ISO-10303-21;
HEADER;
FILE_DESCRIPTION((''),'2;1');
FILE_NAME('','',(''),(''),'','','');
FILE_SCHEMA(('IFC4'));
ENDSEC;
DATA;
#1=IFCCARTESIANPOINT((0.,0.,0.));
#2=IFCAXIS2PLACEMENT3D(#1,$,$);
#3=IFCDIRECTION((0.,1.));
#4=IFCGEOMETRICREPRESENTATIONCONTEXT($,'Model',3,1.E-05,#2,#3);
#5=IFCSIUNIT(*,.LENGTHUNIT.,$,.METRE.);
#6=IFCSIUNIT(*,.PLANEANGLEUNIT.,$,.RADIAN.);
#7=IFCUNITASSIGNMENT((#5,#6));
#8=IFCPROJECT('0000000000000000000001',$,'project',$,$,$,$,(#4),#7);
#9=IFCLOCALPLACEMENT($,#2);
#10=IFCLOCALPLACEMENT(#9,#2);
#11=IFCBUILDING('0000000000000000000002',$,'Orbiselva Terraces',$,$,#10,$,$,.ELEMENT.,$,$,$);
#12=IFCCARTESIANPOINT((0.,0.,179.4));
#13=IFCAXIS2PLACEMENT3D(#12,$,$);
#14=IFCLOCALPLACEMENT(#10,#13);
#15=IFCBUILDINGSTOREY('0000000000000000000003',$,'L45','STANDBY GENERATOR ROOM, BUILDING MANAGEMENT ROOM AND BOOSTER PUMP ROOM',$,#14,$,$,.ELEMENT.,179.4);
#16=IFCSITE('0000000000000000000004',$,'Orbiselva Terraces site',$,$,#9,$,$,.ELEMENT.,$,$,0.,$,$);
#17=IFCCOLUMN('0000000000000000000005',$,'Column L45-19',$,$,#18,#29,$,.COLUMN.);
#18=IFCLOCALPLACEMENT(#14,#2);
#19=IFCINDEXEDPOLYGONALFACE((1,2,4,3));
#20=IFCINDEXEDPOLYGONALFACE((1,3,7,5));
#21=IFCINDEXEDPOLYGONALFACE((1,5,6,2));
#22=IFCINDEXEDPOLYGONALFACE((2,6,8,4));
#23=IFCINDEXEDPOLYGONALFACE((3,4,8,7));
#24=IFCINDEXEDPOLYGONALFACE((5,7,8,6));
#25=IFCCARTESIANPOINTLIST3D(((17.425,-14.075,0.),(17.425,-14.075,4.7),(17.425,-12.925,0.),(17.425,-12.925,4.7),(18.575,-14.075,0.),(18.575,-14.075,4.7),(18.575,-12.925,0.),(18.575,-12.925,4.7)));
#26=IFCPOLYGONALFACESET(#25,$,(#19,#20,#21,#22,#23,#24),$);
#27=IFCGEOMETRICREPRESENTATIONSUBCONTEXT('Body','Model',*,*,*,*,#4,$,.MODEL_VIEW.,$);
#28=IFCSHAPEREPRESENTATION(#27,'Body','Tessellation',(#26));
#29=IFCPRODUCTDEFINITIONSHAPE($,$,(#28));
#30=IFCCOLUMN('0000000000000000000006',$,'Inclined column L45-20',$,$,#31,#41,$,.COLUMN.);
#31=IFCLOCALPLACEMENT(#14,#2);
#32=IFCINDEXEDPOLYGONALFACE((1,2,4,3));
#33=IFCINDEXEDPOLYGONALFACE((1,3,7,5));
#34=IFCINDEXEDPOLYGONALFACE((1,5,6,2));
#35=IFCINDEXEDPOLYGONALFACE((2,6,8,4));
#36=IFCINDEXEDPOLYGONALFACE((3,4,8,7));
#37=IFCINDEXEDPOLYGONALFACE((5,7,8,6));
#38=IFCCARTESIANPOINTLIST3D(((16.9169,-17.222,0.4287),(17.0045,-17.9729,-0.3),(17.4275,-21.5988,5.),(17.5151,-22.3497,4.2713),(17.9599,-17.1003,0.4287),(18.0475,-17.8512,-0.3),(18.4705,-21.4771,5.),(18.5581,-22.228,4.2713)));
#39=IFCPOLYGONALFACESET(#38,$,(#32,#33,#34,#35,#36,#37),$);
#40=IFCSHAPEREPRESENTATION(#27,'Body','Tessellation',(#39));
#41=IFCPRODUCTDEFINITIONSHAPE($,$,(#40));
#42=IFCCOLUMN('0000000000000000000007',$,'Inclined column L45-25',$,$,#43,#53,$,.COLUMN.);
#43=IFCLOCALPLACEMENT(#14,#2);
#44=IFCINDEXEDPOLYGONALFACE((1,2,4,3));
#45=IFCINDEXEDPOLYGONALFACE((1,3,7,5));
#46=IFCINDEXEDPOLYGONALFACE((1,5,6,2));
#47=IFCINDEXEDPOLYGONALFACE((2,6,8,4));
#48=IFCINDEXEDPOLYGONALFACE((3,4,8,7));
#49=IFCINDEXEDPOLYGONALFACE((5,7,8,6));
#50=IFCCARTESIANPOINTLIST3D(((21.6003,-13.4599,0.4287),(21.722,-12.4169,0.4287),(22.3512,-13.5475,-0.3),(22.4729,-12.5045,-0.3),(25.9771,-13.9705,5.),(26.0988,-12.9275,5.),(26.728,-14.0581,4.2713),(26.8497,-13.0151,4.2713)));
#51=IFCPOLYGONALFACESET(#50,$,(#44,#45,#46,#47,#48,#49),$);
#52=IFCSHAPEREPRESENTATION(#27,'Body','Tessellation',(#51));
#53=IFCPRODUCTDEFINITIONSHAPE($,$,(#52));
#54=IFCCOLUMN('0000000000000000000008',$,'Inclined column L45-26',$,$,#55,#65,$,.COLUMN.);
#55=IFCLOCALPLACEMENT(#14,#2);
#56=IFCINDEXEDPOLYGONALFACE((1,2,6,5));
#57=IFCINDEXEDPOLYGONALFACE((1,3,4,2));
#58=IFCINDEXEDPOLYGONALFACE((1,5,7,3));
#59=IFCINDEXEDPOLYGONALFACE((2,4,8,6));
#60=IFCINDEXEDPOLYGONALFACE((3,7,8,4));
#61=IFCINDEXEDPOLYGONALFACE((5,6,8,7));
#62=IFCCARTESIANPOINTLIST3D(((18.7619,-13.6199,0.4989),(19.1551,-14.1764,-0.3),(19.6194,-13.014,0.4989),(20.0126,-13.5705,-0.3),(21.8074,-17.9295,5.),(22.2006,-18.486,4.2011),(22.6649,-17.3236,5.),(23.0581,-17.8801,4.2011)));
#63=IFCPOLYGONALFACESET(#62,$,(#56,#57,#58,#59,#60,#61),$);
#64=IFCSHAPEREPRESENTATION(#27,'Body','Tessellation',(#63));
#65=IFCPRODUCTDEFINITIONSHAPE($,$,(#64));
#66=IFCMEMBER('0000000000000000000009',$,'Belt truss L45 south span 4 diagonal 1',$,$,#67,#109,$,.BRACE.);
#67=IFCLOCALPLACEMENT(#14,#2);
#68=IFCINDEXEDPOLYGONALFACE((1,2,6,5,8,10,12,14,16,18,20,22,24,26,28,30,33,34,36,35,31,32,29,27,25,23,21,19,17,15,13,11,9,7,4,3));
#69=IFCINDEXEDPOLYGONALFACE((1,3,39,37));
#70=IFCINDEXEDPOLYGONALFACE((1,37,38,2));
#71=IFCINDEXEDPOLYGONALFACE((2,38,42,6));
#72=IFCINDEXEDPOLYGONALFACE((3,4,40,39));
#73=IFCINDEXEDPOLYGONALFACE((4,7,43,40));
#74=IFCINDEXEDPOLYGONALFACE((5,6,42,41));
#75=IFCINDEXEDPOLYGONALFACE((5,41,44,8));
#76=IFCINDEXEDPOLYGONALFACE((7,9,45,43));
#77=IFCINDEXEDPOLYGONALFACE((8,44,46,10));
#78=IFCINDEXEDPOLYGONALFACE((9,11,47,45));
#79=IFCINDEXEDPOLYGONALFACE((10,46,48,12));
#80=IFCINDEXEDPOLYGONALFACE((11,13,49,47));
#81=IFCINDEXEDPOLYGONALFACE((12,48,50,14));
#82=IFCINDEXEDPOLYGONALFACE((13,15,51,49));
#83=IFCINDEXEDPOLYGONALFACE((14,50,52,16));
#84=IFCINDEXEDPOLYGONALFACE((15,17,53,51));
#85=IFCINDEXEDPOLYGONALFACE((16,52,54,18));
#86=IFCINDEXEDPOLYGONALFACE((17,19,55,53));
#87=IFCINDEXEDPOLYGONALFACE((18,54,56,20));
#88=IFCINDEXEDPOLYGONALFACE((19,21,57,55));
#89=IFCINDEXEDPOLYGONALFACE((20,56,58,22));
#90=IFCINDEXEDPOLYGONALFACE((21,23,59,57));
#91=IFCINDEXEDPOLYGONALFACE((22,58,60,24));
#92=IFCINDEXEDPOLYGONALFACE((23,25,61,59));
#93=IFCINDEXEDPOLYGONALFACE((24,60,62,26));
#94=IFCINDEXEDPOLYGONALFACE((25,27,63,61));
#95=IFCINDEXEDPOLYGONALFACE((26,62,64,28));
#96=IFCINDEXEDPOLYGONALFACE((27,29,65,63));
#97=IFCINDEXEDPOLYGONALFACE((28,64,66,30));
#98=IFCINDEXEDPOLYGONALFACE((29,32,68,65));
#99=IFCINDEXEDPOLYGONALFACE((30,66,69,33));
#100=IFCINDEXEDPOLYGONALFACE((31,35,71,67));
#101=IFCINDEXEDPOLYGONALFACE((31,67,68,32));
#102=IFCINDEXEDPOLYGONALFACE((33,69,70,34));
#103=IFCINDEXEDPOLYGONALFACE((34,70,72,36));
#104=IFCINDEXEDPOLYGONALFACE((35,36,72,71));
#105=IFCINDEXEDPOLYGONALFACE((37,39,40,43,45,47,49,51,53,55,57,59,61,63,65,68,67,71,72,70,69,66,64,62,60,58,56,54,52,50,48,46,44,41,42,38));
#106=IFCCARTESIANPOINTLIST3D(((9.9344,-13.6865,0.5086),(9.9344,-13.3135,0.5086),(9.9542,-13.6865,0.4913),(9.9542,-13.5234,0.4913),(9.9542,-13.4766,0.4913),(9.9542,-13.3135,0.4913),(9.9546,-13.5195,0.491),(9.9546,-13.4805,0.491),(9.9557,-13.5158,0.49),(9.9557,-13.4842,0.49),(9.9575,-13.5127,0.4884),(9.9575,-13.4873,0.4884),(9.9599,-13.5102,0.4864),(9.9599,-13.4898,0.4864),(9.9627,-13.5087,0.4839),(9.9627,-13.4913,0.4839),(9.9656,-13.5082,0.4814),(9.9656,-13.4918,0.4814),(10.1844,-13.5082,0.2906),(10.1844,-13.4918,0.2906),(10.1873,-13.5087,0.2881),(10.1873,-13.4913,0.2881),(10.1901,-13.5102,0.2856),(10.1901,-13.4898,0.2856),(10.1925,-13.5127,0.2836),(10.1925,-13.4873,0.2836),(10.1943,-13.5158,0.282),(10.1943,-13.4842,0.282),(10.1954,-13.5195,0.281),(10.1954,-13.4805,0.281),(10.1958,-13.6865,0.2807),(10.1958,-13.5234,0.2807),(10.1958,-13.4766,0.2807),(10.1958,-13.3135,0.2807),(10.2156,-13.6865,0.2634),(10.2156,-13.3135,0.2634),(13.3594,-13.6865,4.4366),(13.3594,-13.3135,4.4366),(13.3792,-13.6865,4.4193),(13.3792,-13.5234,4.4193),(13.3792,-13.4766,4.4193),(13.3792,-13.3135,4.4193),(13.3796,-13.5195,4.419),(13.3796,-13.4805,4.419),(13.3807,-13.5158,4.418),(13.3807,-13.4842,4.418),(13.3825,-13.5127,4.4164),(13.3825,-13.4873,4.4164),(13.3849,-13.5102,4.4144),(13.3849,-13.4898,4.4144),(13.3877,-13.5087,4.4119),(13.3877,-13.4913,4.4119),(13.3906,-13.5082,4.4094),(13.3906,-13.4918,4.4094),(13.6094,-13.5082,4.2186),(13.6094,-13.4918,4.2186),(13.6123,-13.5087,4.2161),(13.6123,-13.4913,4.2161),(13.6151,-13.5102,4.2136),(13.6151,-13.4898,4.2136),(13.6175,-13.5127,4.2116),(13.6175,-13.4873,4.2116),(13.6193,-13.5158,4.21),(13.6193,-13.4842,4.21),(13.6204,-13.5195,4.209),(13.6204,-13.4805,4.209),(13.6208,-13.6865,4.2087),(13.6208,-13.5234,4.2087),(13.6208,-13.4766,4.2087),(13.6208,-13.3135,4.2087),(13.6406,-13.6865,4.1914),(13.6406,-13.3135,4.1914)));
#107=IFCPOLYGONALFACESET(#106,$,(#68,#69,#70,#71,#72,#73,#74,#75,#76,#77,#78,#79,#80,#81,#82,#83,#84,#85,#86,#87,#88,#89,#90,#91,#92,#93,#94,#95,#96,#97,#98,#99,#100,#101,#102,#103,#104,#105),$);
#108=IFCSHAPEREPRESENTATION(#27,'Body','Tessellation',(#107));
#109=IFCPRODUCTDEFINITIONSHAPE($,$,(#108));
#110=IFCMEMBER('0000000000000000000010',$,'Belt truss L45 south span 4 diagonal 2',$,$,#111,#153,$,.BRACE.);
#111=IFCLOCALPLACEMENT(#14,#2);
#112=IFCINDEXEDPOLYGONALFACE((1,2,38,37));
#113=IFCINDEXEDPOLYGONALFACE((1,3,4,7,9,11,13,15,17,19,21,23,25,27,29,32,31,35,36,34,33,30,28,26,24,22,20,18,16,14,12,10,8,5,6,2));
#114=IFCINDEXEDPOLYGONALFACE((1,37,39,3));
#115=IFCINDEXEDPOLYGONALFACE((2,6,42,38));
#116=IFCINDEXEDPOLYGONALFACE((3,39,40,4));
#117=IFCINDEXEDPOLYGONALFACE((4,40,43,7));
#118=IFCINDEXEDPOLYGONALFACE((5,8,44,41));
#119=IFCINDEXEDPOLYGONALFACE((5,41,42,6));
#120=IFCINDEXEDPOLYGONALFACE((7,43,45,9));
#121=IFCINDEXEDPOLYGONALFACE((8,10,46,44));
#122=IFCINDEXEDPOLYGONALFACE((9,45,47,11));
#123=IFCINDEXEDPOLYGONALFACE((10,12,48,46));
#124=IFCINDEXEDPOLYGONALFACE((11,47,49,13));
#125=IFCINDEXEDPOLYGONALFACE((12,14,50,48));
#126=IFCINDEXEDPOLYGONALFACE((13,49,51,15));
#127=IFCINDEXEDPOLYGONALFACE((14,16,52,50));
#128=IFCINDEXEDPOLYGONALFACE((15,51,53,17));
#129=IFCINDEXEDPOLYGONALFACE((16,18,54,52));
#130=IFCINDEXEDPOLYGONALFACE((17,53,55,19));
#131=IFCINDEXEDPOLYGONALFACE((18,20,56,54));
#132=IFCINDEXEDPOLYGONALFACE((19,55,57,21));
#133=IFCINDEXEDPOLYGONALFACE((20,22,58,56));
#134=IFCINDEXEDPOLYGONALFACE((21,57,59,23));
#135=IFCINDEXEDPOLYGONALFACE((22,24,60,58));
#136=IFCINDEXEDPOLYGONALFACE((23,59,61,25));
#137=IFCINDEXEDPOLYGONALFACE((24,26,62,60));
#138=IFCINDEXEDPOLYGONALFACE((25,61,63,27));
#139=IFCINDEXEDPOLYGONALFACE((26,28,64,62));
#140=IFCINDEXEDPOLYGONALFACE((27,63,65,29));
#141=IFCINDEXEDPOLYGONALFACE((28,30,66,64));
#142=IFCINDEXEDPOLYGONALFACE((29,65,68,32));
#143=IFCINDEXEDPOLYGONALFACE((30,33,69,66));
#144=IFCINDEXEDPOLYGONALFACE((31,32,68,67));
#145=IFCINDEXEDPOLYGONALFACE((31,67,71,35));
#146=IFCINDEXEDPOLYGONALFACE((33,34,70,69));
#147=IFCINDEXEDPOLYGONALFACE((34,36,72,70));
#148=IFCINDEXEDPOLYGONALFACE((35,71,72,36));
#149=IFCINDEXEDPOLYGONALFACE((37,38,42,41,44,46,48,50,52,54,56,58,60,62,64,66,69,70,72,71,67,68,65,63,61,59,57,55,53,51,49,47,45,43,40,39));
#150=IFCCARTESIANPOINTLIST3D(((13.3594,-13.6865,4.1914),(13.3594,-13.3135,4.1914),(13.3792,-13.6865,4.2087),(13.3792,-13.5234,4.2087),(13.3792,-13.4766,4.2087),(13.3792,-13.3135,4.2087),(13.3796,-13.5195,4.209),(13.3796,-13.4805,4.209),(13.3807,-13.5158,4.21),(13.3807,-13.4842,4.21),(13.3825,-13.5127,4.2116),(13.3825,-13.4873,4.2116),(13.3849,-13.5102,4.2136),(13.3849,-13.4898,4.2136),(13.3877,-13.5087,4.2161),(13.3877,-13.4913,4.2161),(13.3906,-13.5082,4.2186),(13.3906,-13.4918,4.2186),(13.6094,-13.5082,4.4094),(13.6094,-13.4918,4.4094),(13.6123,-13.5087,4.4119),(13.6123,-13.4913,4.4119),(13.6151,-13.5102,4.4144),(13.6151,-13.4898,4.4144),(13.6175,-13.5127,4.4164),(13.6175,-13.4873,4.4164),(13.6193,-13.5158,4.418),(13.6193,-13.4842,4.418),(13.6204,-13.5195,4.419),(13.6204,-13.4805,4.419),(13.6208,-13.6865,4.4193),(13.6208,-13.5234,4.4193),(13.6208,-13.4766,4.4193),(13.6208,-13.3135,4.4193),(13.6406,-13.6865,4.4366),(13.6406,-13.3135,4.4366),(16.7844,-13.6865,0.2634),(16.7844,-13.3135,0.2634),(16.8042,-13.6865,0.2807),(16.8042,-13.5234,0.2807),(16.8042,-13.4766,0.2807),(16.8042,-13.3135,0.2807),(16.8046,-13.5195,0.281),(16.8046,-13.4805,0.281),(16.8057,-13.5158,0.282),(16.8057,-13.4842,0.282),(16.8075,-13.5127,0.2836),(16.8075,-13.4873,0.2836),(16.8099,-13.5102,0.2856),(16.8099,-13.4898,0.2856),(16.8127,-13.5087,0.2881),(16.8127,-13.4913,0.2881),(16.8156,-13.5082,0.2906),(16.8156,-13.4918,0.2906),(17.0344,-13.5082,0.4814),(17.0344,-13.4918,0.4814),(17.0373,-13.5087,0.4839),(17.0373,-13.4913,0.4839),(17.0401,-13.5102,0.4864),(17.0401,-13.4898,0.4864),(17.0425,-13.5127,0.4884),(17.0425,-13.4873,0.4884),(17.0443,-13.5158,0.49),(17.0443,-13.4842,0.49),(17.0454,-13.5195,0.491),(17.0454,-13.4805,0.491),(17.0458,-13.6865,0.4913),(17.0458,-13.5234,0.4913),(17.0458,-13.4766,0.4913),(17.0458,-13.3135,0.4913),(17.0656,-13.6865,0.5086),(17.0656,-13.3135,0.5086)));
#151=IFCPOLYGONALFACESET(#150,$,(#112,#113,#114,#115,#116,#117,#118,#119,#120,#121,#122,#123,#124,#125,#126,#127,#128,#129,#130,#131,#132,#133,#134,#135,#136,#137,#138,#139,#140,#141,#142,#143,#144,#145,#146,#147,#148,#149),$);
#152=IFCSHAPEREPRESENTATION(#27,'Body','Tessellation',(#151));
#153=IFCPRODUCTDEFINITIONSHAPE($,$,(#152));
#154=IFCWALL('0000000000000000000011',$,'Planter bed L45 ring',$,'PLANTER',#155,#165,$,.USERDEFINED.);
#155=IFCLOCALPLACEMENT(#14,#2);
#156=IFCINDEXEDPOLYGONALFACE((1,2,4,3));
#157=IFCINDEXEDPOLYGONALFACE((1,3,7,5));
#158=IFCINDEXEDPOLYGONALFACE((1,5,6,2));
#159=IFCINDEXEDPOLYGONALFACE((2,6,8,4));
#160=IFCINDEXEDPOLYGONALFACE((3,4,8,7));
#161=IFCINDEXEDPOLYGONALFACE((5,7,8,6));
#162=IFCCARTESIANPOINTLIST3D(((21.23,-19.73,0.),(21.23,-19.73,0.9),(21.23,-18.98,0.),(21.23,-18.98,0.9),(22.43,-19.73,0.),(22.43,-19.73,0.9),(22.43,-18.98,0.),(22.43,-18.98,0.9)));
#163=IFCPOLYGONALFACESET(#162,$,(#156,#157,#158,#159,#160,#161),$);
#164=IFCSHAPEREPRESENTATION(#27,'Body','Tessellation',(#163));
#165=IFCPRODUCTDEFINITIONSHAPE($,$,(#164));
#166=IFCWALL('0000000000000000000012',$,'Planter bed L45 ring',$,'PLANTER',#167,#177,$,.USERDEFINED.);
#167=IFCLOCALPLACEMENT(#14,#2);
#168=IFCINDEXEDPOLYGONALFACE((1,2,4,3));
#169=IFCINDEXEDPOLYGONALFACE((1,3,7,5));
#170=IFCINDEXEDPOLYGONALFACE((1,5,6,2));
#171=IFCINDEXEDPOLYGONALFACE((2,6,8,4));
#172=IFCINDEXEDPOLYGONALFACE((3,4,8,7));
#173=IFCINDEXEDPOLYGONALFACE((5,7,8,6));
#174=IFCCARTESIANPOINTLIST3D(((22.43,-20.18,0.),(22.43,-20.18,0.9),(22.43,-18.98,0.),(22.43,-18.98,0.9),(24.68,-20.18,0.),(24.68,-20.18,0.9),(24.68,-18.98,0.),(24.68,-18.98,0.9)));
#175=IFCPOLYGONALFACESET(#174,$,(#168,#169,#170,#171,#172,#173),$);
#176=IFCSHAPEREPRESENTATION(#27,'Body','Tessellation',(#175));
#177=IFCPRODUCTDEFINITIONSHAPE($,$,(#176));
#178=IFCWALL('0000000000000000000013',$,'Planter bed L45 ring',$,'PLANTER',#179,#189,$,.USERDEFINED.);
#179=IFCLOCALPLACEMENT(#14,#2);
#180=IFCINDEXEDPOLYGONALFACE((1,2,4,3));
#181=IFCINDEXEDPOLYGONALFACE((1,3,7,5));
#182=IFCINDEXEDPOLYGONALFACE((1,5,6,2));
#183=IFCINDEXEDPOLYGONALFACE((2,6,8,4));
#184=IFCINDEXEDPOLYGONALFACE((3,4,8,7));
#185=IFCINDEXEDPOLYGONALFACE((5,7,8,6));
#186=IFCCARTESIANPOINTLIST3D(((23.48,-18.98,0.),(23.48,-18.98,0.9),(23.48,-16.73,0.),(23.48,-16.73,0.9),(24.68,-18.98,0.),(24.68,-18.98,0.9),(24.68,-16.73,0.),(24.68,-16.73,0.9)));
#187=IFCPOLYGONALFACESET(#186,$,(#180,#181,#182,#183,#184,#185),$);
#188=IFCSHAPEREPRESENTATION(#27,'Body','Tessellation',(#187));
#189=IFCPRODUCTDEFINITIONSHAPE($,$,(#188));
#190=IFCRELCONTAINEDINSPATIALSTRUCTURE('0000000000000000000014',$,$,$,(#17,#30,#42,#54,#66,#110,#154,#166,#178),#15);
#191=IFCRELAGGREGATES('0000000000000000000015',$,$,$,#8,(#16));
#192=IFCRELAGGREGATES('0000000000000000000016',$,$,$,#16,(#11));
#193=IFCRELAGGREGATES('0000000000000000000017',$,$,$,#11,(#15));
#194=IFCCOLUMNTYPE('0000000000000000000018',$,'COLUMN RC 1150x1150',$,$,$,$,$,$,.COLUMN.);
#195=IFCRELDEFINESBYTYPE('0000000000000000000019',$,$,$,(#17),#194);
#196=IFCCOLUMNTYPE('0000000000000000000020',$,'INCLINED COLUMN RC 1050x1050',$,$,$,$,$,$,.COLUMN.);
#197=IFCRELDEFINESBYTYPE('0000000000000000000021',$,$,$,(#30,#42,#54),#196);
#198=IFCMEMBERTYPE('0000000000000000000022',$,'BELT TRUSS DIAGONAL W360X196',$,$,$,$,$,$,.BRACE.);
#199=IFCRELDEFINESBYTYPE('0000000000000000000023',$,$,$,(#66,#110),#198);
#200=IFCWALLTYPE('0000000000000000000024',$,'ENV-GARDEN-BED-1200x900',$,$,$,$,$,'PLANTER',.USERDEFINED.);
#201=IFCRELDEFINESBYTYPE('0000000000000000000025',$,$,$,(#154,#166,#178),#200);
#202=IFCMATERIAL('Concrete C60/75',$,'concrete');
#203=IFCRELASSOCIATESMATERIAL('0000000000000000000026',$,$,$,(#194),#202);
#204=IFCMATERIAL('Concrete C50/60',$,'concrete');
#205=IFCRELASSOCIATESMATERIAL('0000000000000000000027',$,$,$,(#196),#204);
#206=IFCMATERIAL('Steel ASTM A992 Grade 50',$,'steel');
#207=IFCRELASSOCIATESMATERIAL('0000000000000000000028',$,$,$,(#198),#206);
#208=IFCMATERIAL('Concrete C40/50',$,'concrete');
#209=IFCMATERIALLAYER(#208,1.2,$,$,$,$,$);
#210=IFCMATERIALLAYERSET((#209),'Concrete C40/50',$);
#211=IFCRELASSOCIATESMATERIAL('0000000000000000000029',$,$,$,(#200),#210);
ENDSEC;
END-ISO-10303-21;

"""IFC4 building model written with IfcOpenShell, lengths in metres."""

from ifc_helpers import new_model, si_unit, direction, frame, frame_2d, origin, origin_2d, place, context, subcontext, project, spatial, rectangle, i_section, extrude, material, layer, layer_set, material_profile, profile_set, type_object, element, save


model = new_model("IFC4")

# Units and contexts
model_context = context("Model", 3, precision=1e-05, world=origin(), true_north=direction((0.0, 1.0)))
body_context = subcontext(model_context, "Body", "Model", "MODEL_VIEW")
ifc_project = project(units=[si_unit("LENGTHUNIT", "METRE"), si_unit("PLANEANGLEUNIT", "RADIAN")], contexts=[model_context])

# Site, building, storey
site_placement = place(None, origin())
site = spatial("IfcSite", under=ifc_project, at=site_placement, Name="Orbiselva Terraces site", CompositionType="ELEMENT", RefElevation=0.0)
building_placement = place(site_placement, origin())
building = spatial("IfcBuilding", under=site, at=building_placement, Name="Orbiselva Terraces", CompositionType="ELEMENT")
storey_placement = place(building_placement, frame((0.0, 0.0, 179.4)))
storey = spatial("IfcBuildingStorey", under=building, at=storey_placement, Name="L45", Description="STANDBY GENERATOR ROOM, BUILDING MANAGEMENT ROOM AND BOOSTER PUMP ROOM", CompositionType="ELEMENT", Elevation=179.4)

# Columns
ifc_material_1 = material(Name="Concrete C60/75", Category="concrete")
ifc_material_profile_1 = material_profile(ifc_material_1, rectangle(XDim=1.15, YDim=1.15, at=origin_2d()), Name="RC 1150x1150")
ifc_profile_set_1 = profile_set([ifc_material_profile_1], Name="Concrete C60/75")
column_type_1 = type_object("IfcColumnType", Name="COLUMN RC 1150x1150", PredefinedType="COLUMN", material=ifc_profile_set_1)
column_1_placement = place(storey_placement, frame((18.0, -13.5, 0.0), z_axis=(0.0, 0.0, 1.0), x_axis=(1.0, 0.0, 0.0)))
element("IfcColumn", 1, at=column_1_placement, inside=storey, type_object=column_type_1, Name="Column L45-19", PredefinedType="COLUMN", context=body_context, shape_type="SweptSolid", body=[
    extrude(rectangle(XDim=1.15, YDim=1.15, at=origin_2d()), origin(), (0.0, 0.0, 1.0), 4.7),
])
ifc_material_2 = material(Name="Concrete C50/60", Category="concrete")
ifc_material_profile_2 = material_profile(ifc_material_2, rectangle(XDim=1.05, YDim=1.05, at=origin_2d()), Name="RC 1050x1050")
ifc_profile_set_2 = profile_set([ifc_material_profile_2], Name="Concrete C50/60")
column_type_2 = type_object("IfcColumnType", Name="INCLINED COLUMN RC 1050x1050", PredefinedType="COLUMN", material=ifc_profile_set_2)
for number, where, z_axis, x_axis, name in (
    (2, (17.4822, -17.5366, 0.0644), (0.080422, -0.689332, 0.719968), (0.993263, 0.115881, 0.0), "Inclined column L45-20"),
    (3, (22.0366, -12.9822, 0.0644), (0.689332, -0.080422, 0.719968), (0.115881, 0.993263, 0.0), "Inclined column L45-25"),
):
    element("IfcColumn", number, at=place(storey_placement, frame(where, z_axis=z_axis, x_axis=x_axis)), inside=storey, type_object=column_type_2, Name=name, PredefinedType="COLUMN", context=body_context, shape_type="SweptSolid", body=[
        extrude(rectangle(XDim=1.05, YDim=1.05, at=origin_2d()), origin(), (0.0, 0.0, 1.0), 6.3493),
    ])
column_2_placement = place(storey_placement, frame((19.3873, -13.5952, 0.0994), z_axis=(0.439081, -0.621341, 0.648956), x_axis=(0.816666, 0.577111, 0.0)))
element("IfcColumn", 4, at=column_2_placement, inside=storey, type_object=column_type_2, Name="Inclined column L45-26", PredefinedType="COLUMN", context=body_context, shape_type="SweptSolid", body=[
    extrude(rectangle(XDim=1.05, YDim=1.05, at=origin_2d()), origin(), (0.0, 0.0, 1.0), 6.936),
])

# Members
ifc_material_3 = material(Name="Steel ASTM A992 Grade 50", Category="steel")
ifc_material_profile_3 = material_profile(ifc_material_3, i_section(OverallWidth=0.373, OverallDepth=0.373, WebThickness=0.0164, FlangeThickness=0.0262, FilletRadius=0.0152, at=origin_2d()), Name="W360X196")
ifc_profile_set_3 = profile_set([ifc_material_profile_3], Name="Steel ASTM A992 Grade 50")
member_type = type_object("IfcMemberType", Name="BELT TRUSS DIAGONAL W360X196", PredefinedType="BRACE", material=ifc_profile_set_3)
for number, where, z_axis, x_axis, name in (
    (5, (10.075, -13.5, 0.386), (0.657199, 0.0, 0.753717), (0.0, 1.0, 0.0), "Belt truss L45 south span 4 diagonal 1"),
    (6, (13.5, -13.5, 4.314), (0.657199, 0.0, -0.753717), (0.0, 1.0, 0.0), "Belt truss L45 south span 4 diagonal 2"),
):
    element("IfcMember", number, at=place(storey_placement, frame(where, z_axis=z_axis, x_axis=x_axis)), inside=storey, type_object=member_type, Name=name, PredefinedType="BRACE", context=body_context, shape_type="SweptSolid", body=[
        extrude(i_section(OverallWidth=0.373, OverallDepth=0.373, WebThickness=0.0164, FlangeThickness=0.0262, FilletRadius=0.0152, at=origin_2d()), origin(), (0.0, 0.0, 1.0), 5.2115),
    ])

# Walls
ifc_material_4 = material(Name="Concrete C40/50", Category="concrete")
ifc_layer_1 = layer(ifc_material_4, 1.2)
ifc_layer_set_1 = layer_set([ifc_layer_1], Name="Concrete C40/50")
wall_type_1 = type_object("IfcWallType", Name="ENV-GARDEN-BED-1200x900", ElementType="PLANTER", PredefinedType="USERDEFINED", material=ifc_layer_set_1)
wall_1_placement = place(storey_placement, frame((21.83, -19.73, 0.0), z_axis=(0.0, 0.0, 1.0), x_axis=(0.0, 1.0, 0.0)))
element("IfcWall", 7, at=wall_1_placement, inside=storey, type_object=wall_type_1, Name="Planter bed L45 ring", ObjectType="PLANTER", PredefinedType="USERDEFINED", context=body_context, shape_type="SweptSolid", body=[
    extrude(rectangle(XDim=0.75, YDim=1.2, at=frame_2d((0.375, 0.0))), origin(), (0.0, 0.0, 1.0), 0.9),
])
for number, where, z_axis, x_axis, name in (
    (8, (22.43, -19.58, 0.0), (0.0, 0.0, 1.0), (1.0, 0.0, 0.0), "Planter bed L45 ring"),
    (9, (24.08, -18.98, 0.0), (0.0, 0.0, 1.0), (0.0, 1.0, 0.0), "Planter bed L45 ring"),
):
    element("IfcWall", number, at=place(storey_placement, frame(where, z_axis=z_axis, x_axis=x_axis)), inside=storey, type_object=wall_type_1, Name=name, ObjectType="PLANTER", PredefinedType="USERDEFINED", context=body_context, shape_type="SweptSolid", body=[
        extrude(rectangle(XDim=2.25, YDim=1.2, at=frame_2d((1.125, 0.0))), origin(), (0.0, 0.0, 1.0), 0.9),
    ])

save(model, "model.ifc")
